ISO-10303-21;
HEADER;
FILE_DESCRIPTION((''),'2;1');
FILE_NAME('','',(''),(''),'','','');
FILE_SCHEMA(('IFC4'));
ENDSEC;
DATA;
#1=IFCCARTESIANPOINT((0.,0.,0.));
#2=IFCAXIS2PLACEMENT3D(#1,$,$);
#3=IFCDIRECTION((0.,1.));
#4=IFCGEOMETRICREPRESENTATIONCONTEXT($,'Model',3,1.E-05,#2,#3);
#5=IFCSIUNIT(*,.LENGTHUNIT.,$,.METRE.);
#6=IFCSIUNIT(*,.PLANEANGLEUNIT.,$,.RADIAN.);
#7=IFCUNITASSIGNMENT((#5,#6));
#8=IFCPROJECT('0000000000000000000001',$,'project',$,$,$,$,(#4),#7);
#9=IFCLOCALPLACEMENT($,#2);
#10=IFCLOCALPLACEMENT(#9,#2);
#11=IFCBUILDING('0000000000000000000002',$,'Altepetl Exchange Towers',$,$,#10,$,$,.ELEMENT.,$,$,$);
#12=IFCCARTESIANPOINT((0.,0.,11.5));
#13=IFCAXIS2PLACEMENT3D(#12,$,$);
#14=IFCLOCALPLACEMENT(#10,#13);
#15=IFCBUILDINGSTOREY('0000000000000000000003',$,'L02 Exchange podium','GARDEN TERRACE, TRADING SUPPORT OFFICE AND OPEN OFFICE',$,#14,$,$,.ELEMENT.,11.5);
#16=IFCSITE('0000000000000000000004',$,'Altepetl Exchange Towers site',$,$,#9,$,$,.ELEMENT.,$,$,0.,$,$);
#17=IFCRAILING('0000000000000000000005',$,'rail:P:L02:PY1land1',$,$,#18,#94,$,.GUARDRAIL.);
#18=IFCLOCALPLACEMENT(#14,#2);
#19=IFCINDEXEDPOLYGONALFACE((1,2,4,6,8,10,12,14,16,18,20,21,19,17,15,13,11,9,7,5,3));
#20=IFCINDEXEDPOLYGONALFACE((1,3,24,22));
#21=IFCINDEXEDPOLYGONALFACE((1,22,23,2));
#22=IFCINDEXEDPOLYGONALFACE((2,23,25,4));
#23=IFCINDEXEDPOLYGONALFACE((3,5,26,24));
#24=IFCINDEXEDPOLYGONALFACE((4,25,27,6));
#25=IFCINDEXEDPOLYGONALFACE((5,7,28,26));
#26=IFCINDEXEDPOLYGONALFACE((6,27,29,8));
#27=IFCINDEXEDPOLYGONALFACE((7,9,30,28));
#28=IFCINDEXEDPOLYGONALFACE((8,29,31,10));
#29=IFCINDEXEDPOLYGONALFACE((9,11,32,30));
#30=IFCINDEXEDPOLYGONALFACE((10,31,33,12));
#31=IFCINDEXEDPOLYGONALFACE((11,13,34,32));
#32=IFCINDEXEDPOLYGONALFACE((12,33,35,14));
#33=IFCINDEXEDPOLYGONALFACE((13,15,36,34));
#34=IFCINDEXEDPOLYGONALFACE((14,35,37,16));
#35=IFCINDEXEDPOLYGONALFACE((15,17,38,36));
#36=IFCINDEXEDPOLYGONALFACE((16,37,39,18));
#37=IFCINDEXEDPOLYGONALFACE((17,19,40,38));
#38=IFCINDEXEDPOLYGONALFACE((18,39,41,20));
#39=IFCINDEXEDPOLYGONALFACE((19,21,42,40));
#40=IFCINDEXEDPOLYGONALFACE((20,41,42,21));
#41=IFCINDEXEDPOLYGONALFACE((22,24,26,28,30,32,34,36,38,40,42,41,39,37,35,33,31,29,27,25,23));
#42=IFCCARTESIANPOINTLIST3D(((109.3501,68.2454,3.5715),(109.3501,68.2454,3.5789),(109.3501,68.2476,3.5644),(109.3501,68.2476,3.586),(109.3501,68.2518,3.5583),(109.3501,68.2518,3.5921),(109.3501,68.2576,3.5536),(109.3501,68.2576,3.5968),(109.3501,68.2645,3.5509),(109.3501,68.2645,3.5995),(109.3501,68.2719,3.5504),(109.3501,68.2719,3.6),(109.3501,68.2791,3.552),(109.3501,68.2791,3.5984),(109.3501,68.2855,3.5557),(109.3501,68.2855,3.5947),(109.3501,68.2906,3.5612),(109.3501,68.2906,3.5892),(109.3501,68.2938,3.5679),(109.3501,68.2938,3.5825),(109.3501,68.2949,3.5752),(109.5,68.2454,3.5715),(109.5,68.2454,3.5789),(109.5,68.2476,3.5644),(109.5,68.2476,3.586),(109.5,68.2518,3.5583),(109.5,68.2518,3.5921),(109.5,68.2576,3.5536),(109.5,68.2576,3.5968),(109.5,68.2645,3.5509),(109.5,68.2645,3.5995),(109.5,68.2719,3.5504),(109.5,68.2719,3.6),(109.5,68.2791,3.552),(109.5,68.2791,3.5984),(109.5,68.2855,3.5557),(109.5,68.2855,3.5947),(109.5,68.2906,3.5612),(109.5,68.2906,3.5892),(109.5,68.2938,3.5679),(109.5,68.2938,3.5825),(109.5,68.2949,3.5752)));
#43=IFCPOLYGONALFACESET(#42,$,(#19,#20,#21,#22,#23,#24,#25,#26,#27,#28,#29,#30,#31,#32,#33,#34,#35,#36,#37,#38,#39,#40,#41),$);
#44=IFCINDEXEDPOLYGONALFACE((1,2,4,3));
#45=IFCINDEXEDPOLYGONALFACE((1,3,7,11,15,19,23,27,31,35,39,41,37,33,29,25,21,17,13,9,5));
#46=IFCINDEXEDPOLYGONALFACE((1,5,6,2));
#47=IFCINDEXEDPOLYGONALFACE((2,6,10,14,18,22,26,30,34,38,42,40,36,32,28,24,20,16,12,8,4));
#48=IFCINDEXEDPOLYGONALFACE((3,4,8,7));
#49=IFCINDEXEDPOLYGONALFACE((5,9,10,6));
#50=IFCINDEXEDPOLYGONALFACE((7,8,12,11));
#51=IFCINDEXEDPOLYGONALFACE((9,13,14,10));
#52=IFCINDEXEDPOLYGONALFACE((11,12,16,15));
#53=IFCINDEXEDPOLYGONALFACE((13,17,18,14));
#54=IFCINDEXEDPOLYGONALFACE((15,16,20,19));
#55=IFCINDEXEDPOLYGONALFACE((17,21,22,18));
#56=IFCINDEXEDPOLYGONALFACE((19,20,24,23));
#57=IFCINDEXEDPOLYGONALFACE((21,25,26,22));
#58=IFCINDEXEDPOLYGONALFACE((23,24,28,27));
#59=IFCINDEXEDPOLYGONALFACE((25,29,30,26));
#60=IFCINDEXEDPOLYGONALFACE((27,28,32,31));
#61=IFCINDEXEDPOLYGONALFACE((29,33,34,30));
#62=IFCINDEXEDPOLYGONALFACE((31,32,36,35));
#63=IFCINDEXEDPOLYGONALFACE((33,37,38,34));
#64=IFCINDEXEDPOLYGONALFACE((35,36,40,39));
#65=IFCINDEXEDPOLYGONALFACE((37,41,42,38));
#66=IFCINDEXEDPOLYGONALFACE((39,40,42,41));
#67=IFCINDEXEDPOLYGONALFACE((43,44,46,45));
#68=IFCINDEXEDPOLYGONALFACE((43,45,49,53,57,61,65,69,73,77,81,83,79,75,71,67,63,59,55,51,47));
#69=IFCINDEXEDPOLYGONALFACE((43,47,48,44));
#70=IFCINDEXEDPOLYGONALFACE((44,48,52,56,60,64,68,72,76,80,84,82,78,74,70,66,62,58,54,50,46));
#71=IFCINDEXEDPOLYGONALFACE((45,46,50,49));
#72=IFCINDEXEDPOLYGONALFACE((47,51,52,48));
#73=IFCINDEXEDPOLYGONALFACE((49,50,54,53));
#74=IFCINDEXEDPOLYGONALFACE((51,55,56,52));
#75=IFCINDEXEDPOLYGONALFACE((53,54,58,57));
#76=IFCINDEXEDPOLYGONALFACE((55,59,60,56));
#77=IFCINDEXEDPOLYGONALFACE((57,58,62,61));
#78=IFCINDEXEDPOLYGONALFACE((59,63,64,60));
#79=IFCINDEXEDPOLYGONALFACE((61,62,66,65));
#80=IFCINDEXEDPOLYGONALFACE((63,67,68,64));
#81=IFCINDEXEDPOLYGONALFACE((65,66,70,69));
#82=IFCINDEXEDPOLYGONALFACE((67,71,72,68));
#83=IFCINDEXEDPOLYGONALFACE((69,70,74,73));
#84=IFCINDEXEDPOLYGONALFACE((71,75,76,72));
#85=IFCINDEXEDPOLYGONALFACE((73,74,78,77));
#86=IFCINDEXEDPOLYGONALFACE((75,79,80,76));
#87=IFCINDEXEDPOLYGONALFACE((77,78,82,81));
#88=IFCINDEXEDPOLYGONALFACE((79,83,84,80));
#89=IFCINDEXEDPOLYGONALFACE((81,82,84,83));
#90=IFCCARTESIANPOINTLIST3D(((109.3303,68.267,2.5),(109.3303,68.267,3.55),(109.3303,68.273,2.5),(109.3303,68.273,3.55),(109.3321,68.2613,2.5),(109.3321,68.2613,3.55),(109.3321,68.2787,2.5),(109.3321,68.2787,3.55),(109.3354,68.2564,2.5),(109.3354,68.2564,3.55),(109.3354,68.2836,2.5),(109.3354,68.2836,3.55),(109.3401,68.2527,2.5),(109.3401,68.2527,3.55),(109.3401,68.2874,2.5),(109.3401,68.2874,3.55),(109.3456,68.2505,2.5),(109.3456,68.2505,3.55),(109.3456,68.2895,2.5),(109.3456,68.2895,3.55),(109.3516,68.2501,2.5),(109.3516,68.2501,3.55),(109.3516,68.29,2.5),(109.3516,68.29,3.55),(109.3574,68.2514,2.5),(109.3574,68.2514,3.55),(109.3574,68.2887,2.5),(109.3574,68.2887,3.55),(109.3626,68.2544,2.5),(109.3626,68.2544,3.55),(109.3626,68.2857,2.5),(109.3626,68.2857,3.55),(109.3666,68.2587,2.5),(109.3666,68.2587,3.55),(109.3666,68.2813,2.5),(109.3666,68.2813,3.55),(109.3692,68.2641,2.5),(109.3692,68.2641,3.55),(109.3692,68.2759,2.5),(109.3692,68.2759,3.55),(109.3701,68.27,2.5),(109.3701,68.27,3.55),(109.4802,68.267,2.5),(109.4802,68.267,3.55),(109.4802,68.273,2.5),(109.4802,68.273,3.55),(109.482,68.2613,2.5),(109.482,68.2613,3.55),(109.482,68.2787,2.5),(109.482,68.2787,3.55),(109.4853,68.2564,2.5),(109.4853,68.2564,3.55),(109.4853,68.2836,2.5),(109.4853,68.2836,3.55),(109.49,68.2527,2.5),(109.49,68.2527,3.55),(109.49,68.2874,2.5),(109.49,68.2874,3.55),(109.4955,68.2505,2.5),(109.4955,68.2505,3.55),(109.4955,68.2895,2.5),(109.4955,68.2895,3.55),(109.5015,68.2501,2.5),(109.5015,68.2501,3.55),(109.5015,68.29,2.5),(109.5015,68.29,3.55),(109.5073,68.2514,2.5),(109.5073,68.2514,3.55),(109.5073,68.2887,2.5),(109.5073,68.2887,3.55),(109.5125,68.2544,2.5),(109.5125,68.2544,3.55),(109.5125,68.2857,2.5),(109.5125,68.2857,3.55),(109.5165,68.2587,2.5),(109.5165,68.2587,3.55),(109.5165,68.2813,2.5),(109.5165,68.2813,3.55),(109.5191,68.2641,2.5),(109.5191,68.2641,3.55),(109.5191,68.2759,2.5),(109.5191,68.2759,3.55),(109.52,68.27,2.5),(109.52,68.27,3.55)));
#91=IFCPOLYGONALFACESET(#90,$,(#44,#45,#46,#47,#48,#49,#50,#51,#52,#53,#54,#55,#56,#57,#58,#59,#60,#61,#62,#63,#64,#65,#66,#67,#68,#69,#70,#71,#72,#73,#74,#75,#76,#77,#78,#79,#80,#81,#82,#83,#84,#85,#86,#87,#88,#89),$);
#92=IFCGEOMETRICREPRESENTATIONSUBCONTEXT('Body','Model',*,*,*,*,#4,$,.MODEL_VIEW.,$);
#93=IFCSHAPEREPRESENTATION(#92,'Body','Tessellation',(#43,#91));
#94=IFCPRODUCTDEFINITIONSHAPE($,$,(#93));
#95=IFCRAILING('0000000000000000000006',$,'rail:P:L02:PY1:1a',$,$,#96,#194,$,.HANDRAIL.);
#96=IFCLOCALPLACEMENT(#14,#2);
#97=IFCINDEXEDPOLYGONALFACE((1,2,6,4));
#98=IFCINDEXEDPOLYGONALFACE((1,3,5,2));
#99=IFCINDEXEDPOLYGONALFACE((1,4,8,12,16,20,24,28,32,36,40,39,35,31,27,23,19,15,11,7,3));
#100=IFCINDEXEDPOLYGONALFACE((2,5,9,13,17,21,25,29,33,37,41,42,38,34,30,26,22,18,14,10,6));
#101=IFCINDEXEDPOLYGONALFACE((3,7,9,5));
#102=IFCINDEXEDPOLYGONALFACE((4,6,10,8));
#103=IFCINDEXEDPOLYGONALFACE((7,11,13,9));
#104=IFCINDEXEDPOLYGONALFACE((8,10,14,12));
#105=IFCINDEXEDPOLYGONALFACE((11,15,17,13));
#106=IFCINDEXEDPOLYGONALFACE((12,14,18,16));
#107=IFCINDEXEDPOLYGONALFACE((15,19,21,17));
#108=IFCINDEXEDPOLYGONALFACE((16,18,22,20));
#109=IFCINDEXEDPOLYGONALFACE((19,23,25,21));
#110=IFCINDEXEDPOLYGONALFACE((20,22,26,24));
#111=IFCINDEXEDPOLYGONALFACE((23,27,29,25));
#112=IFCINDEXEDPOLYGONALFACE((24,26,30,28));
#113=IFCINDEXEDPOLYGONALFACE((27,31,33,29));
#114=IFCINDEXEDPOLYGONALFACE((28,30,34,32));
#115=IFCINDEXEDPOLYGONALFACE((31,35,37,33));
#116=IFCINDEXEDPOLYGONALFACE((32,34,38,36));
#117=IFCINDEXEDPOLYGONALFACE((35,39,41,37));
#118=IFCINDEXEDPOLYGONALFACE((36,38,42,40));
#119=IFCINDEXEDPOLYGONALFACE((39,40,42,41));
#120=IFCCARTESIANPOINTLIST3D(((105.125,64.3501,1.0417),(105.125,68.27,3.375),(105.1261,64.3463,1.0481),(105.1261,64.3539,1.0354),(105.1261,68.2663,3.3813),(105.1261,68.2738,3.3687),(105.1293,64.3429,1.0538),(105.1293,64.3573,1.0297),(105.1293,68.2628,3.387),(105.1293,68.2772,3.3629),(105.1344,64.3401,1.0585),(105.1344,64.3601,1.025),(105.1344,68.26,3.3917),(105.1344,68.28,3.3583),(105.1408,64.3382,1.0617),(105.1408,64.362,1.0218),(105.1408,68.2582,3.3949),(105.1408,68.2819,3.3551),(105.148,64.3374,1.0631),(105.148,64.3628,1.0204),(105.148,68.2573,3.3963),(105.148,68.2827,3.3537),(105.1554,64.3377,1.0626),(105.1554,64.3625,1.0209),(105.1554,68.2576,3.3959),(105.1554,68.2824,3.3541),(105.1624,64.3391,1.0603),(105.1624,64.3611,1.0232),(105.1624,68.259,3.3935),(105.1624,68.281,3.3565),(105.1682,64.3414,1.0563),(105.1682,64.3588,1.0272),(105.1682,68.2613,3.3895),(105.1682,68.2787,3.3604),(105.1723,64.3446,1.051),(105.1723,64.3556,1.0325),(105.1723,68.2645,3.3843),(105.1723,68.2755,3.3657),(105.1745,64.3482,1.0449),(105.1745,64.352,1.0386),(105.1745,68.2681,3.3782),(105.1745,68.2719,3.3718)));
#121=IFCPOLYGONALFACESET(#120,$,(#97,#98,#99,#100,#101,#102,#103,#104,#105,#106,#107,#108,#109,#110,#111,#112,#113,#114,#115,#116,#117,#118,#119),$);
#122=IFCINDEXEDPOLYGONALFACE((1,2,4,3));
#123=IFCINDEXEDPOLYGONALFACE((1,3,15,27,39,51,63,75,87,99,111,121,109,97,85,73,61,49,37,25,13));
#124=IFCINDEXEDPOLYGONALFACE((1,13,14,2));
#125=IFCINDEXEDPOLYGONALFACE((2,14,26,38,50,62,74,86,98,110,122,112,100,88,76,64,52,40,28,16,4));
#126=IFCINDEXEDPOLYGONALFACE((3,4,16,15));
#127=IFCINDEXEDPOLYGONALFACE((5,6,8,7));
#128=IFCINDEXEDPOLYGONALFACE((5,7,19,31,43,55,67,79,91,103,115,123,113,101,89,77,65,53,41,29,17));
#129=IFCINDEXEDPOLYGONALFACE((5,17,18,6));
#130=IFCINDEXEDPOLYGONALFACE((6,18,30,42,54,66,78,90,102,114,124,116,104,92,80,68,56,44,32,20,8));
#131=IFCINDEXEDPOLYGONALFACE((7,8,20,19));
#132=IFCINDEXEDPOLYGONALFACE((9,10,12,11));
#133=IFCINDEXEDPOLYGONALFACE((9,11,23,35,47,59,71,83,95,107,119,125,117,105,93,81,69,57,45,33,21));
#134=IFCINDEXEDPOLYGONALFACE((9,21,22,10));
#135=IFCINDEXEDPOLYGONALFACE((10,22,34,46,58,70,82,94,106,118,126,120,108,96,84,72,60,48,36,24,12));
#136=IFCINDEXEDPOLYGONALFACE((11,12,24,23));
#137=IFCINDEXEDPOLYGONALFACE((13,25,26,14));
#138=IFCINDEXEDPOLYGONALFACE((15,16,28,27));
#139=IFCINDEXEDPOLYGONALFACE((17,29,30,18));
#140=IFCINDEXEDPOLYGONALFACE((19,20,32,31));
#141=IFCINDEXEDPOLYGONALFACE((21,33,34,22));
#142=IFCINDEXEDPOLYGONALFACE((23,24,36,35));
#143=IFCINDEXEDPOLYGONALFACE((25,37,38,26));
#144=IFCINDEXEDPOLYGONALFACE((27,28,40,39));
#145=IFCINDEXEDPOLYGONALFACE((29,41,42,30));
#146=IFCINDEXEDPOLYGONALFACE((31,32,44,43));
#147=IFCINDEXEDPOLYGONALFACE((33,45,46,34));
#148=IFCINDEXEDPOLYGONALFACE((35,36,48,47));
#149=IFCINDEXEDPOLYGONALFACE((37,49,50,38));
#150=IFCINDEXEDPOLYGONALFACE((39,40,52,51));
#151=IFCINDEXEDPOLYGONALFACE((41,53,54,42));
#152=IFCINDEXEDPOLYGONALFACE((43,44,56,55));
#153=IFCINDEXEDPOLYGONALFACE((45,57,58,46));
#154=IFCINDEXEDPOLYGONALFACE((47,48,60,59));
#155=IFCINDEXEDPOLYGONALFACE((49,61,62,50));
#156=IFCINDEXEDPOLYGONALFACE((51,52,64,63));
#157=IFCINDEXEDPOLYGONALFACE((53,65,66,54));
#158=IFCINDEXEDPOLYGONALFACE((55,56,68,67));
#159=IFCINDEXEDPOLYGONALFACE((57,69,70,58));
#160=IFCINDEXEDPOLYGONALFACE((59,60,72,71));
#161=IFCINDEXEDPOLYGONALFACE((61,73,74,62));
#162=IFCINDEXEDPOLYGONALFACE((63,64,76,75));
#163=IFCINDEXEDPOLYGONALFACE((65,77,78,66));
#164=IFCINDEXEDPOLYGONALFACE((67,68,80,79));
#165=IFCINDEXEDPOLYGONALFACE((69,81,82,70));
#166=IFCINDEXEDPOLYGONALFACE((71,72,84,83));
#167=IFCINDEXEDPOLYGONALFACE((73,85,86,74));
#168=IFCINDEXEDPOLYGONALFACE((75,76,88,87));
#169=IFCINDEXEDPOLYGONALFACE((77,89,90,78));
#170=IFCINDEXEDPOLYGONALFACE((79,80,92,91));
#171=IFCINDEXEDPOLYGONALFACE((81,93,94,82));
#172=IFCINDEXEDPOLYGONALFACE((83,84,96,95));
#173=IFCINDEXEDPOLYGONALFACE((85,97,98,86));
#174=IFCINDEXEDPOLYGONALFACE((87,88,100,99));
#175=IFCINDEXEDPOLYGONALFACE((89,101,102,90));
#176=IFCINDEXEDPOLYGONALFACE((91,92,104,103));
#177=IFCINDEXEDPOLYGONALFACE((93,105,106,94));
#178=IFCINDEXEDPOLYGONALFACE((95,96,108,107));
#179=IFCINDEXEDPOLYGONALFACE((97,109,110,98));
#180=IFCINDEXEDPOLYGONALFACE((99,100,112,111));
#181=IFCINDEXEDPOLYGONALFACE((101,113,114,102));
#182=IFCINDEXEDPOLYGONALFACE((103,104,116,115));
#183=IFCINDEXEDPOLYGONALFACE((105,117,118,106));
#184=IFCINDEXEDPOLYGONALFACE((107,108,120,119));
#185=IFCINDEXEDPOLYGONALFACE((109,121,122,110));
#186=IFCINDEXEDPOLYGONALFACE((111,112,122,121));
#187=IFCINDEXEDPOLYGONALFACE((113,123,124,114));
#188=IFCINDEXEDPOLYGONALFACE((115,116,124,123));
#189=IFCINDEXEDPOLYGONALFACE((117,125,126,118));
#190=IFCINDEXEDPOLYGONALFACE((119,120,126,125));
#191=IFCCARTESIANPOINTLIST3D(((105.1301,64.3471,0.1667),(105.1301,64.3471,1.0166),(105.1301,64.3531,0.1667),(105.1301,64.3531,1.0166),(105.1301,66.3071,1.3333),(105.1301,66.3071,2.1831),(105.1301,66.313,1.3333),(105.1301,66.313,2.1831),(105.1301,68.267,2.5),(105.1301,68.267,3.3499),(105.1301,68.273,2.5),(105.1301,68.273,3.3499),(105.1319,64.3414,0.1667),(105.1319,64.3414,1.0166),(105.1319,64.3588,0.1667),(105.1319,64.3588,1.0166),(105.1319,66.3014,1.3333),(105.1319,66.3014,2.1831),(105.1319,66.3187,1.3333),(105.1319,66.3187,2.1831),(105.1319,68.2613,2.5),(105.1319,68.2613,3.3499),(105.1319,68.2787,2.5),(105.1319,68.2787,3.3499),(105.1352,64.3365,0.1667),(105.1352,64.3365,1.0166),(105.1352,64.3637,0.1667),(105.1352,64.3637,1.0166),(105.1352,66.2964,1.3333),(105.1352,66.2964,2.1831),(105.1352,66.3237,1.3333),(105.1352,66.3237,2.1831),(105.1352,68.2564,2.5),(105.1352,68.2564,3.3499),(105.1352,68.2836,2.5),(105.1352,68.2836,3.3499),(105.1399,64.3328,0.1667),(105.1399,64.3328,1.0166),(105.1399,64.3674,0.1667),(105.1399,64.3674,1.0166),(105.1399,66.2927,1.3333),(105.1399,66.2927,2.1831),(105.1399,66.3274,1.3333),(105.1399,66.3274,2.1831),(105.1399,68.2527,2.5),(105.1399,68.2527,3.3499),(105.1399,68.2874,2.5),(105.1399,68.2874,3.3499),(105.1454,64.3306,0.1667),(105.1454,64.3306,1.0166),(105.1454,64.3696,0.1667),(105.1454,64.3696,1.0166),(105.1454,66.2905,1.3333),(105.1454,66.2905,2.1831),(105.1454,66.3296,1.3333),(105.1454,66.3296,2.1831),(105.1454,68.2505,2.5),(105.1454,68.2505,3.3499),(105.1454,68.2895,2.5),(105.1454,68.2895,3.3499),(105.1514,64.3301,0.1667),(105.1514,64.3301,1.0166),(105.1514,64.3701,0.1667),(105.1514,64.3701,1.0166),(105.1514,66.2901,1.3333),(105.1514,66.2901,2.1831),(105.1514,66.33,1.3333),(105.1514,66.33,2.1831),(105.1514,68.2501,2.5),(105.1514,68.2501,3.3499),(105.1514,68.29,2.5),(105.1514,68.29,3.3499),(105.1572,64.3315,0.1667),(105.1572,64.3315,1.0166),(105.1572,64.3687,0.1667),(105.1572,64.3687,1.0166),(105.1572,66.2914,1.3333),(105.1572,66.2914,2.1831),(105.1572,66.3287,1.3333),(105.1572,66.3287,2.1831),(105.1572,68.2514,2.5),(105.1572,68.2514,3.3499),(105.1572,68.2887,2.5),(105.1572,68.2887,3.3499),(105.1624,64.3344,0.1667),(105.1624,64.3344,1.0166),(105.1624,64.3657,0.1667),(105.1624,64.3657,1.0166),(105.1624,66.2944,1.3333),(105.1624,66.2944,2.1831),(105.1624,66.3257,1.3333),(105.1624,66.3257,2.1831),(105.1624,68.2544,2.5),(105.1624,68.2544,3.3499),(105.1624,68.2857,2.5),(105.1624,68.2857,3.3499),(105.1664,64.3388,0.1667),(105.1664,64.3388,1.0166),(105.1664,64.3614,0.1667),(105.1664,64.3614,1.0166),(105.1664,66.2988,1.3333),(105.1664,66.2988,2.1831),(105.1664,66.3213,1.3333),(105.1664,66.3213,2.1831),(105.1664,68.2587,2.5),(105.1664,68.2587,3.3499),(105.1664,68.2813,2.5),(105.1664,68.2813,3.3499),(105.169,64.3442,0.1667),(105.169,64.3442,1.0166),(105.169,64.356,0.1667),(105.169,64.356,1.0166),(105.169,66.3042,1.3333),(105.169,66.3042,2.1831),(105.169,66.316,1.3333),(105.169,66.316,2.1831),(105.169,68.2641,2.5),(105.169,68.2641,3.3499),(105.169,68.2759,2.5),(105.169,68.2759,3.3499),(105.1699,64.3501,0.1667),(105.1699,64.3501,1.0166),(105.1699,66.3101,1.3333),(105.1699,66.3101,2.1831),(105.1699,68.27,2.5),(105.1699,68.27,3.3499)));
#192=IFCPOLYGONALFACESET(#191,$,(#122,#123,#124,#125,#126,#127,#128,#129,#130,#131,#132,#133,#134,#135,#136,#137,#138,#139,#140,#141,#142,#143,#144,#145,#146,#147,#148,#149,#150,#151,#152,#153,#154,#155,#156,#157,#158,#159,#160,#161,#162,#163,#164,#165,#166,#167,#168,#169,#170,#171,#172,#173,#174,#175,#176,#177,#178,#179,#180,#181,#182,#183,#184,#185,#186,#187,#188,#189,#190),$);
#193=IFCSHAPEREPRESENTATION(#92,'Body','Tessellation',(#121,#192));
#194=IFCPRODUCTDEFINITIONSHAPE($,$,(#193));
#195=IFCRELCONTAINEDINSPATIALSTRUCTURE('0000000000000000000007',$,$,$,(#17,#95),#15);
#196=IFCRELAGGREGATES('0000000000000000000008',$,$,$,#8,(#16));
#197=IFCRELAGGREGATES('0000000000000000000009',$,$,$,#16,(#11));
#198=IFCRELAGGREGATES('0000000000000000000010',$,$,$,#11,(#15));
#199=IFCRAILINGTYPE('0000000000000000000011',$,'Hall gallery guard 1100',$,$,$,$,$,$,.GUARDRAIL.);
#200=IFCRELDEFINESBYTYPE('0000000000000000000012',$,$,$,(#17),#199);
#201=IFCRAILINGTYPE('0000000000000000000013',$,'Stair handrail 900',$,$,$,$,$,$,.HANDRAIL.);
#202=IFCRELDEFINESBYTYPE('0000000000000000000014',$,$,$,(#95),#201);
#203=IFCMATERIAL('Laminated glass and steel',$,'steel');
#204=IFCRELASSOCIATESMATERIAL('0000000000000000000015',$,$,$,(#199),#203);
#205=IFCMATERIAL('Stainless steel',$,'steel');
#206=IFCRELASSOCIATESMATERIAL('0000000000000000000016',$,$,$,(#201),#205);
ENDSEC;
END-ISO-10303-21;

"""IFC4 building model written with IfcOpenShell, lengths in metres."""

from ifc_helpers import new_model, si_unit, direction, frame, origin, origin_2d, place, context, subcontext, project, spatial, circle, extrude, source, transform, mapped, material, type_object, element, save


model = new_model("IFC4")

# Units and contexts
model_context = context("Model", 3, precision=1e-05, world=origin(), true_north=direction((0.0, 1.0)))
body_context = subcontext(model_context, "Body", "Model", "MODEL_VIEW")
ifc_project = project(units=[si_unit("LENGTHUNIT", "METRE"), si_unit("PLANEANGLEUNIT", "RADIAN")], contexts=[model_context])

# Site, building, storey
site_placement = place(None, origin())
site = spatial("IfcSite", under=ifc_project, at=site_placement, Name="Altepetl Exchange Towers site", CompositionType="ELEMENT", RefElevation=0.0)
building_placement = place(site_placement, origin())
building = spatial("IfcBuilding", under=site, at=building_placement, Name="Altepetl Exchange Towers", CompositionType="ELEMENT")
storey_placement = place(building_placement, frame((0.0, 0.0, 11.5)))
storey = spatial("IfcBuildingStorey", under=building, at=storey_placement, Name="L02 Exchange podium", Description="GARDEN TERRACE, TRADING SUPPORT OFFICE AND OPEN OFFICE", CompositionType="ELEMENT", Elevation=11.5)

# Railings
ifc_material_1 = material(Name="Laminated glass and steel", Category="steel")
railing_type_1 = type_object("IfcRailingType", Name="Hall gallery guard 1100", PredefinedType="GUARDRAIL", material=ifc_material_1)
shared_shape_1 = source(origin(), body_context, "Body", "SweptSolid", [
    extrude(circle(Radius=0.02, at=origin_2d()), origin(), (0.0, 0.0, 1.0), 1.05),
])
for number, where, name in (
    (1, (109.3501, 68.27, 2.5), "rail:P:L02:PY1land1"),
):
    element("IfcRailing", number, at=place(storey_placement, frame(where)), inside=storey, type_object=railing_type_1, Name=name, PredefinedType="GUARDRAIL", context=body_context, shape_type="SweptSolid", body=[
        extrude(circle(Radius=0.0249, at=origin_2d()), frame((0.0, 0.0, 1.0752), z_axis=(1.0, 0.0, 0.0), x_axis=(0.0, 1.0, 0.0)), (0.0, 0.0, 1.0), 0.1499),
        mapped(shared_shape_1, transform((0.0, 0.0, 0.0))),
        mapped(shared_shape_1, transform((0.1499, 0.0, 0.0))),
    ])
ifc_material_2 = material(Name="Stainless steel", Category="steel")
railing_type_2 = type_object("IfcRailingType", Name="Stair handrail 900", PredefinedType="HANDRAIL", material=ifc_material_2)
shared_shape_2 = source(origin(), body_context, "Body", "SweptSolid", [
    extrude(circle(Radius=0.02, at=origin_2d()), origin(), (0.0, 0.0, 1.0), 0.8499),
])
for number, where, name in (
    (2, (105.1499, 64.3501, 0.1667), "rail:P:L02:PY1:1a"),
):
    element("IfcRailing", number, at=place(storey_placement, frame(where)), inside=storey, type_object=railing_type_2, Name=name, PredefinedType="HANDRAIL", context=body_context, shape_type="SweptSolid", body=[
        extrude(circle(Radius=0.0249, at=origin_2d()), frame((0.0, 0.0, 0.875), z_axis=(0.0, 0.859296, 0.511478), x_axis=(-1.0, 0.0, 0.0)), (0.0, 0.0, 1.0), 4.5618),
        mapped(shared_shape_2, transform((0.0, 0.0, 0.0))),
        mapped(shared_shape_2, transform((0.0, 1.96, 1.1665))),
        mapped(shared_shape_2, transform((0.0, 3.9199, 2.3333))),
    ])

save(model, "model.ifc")
